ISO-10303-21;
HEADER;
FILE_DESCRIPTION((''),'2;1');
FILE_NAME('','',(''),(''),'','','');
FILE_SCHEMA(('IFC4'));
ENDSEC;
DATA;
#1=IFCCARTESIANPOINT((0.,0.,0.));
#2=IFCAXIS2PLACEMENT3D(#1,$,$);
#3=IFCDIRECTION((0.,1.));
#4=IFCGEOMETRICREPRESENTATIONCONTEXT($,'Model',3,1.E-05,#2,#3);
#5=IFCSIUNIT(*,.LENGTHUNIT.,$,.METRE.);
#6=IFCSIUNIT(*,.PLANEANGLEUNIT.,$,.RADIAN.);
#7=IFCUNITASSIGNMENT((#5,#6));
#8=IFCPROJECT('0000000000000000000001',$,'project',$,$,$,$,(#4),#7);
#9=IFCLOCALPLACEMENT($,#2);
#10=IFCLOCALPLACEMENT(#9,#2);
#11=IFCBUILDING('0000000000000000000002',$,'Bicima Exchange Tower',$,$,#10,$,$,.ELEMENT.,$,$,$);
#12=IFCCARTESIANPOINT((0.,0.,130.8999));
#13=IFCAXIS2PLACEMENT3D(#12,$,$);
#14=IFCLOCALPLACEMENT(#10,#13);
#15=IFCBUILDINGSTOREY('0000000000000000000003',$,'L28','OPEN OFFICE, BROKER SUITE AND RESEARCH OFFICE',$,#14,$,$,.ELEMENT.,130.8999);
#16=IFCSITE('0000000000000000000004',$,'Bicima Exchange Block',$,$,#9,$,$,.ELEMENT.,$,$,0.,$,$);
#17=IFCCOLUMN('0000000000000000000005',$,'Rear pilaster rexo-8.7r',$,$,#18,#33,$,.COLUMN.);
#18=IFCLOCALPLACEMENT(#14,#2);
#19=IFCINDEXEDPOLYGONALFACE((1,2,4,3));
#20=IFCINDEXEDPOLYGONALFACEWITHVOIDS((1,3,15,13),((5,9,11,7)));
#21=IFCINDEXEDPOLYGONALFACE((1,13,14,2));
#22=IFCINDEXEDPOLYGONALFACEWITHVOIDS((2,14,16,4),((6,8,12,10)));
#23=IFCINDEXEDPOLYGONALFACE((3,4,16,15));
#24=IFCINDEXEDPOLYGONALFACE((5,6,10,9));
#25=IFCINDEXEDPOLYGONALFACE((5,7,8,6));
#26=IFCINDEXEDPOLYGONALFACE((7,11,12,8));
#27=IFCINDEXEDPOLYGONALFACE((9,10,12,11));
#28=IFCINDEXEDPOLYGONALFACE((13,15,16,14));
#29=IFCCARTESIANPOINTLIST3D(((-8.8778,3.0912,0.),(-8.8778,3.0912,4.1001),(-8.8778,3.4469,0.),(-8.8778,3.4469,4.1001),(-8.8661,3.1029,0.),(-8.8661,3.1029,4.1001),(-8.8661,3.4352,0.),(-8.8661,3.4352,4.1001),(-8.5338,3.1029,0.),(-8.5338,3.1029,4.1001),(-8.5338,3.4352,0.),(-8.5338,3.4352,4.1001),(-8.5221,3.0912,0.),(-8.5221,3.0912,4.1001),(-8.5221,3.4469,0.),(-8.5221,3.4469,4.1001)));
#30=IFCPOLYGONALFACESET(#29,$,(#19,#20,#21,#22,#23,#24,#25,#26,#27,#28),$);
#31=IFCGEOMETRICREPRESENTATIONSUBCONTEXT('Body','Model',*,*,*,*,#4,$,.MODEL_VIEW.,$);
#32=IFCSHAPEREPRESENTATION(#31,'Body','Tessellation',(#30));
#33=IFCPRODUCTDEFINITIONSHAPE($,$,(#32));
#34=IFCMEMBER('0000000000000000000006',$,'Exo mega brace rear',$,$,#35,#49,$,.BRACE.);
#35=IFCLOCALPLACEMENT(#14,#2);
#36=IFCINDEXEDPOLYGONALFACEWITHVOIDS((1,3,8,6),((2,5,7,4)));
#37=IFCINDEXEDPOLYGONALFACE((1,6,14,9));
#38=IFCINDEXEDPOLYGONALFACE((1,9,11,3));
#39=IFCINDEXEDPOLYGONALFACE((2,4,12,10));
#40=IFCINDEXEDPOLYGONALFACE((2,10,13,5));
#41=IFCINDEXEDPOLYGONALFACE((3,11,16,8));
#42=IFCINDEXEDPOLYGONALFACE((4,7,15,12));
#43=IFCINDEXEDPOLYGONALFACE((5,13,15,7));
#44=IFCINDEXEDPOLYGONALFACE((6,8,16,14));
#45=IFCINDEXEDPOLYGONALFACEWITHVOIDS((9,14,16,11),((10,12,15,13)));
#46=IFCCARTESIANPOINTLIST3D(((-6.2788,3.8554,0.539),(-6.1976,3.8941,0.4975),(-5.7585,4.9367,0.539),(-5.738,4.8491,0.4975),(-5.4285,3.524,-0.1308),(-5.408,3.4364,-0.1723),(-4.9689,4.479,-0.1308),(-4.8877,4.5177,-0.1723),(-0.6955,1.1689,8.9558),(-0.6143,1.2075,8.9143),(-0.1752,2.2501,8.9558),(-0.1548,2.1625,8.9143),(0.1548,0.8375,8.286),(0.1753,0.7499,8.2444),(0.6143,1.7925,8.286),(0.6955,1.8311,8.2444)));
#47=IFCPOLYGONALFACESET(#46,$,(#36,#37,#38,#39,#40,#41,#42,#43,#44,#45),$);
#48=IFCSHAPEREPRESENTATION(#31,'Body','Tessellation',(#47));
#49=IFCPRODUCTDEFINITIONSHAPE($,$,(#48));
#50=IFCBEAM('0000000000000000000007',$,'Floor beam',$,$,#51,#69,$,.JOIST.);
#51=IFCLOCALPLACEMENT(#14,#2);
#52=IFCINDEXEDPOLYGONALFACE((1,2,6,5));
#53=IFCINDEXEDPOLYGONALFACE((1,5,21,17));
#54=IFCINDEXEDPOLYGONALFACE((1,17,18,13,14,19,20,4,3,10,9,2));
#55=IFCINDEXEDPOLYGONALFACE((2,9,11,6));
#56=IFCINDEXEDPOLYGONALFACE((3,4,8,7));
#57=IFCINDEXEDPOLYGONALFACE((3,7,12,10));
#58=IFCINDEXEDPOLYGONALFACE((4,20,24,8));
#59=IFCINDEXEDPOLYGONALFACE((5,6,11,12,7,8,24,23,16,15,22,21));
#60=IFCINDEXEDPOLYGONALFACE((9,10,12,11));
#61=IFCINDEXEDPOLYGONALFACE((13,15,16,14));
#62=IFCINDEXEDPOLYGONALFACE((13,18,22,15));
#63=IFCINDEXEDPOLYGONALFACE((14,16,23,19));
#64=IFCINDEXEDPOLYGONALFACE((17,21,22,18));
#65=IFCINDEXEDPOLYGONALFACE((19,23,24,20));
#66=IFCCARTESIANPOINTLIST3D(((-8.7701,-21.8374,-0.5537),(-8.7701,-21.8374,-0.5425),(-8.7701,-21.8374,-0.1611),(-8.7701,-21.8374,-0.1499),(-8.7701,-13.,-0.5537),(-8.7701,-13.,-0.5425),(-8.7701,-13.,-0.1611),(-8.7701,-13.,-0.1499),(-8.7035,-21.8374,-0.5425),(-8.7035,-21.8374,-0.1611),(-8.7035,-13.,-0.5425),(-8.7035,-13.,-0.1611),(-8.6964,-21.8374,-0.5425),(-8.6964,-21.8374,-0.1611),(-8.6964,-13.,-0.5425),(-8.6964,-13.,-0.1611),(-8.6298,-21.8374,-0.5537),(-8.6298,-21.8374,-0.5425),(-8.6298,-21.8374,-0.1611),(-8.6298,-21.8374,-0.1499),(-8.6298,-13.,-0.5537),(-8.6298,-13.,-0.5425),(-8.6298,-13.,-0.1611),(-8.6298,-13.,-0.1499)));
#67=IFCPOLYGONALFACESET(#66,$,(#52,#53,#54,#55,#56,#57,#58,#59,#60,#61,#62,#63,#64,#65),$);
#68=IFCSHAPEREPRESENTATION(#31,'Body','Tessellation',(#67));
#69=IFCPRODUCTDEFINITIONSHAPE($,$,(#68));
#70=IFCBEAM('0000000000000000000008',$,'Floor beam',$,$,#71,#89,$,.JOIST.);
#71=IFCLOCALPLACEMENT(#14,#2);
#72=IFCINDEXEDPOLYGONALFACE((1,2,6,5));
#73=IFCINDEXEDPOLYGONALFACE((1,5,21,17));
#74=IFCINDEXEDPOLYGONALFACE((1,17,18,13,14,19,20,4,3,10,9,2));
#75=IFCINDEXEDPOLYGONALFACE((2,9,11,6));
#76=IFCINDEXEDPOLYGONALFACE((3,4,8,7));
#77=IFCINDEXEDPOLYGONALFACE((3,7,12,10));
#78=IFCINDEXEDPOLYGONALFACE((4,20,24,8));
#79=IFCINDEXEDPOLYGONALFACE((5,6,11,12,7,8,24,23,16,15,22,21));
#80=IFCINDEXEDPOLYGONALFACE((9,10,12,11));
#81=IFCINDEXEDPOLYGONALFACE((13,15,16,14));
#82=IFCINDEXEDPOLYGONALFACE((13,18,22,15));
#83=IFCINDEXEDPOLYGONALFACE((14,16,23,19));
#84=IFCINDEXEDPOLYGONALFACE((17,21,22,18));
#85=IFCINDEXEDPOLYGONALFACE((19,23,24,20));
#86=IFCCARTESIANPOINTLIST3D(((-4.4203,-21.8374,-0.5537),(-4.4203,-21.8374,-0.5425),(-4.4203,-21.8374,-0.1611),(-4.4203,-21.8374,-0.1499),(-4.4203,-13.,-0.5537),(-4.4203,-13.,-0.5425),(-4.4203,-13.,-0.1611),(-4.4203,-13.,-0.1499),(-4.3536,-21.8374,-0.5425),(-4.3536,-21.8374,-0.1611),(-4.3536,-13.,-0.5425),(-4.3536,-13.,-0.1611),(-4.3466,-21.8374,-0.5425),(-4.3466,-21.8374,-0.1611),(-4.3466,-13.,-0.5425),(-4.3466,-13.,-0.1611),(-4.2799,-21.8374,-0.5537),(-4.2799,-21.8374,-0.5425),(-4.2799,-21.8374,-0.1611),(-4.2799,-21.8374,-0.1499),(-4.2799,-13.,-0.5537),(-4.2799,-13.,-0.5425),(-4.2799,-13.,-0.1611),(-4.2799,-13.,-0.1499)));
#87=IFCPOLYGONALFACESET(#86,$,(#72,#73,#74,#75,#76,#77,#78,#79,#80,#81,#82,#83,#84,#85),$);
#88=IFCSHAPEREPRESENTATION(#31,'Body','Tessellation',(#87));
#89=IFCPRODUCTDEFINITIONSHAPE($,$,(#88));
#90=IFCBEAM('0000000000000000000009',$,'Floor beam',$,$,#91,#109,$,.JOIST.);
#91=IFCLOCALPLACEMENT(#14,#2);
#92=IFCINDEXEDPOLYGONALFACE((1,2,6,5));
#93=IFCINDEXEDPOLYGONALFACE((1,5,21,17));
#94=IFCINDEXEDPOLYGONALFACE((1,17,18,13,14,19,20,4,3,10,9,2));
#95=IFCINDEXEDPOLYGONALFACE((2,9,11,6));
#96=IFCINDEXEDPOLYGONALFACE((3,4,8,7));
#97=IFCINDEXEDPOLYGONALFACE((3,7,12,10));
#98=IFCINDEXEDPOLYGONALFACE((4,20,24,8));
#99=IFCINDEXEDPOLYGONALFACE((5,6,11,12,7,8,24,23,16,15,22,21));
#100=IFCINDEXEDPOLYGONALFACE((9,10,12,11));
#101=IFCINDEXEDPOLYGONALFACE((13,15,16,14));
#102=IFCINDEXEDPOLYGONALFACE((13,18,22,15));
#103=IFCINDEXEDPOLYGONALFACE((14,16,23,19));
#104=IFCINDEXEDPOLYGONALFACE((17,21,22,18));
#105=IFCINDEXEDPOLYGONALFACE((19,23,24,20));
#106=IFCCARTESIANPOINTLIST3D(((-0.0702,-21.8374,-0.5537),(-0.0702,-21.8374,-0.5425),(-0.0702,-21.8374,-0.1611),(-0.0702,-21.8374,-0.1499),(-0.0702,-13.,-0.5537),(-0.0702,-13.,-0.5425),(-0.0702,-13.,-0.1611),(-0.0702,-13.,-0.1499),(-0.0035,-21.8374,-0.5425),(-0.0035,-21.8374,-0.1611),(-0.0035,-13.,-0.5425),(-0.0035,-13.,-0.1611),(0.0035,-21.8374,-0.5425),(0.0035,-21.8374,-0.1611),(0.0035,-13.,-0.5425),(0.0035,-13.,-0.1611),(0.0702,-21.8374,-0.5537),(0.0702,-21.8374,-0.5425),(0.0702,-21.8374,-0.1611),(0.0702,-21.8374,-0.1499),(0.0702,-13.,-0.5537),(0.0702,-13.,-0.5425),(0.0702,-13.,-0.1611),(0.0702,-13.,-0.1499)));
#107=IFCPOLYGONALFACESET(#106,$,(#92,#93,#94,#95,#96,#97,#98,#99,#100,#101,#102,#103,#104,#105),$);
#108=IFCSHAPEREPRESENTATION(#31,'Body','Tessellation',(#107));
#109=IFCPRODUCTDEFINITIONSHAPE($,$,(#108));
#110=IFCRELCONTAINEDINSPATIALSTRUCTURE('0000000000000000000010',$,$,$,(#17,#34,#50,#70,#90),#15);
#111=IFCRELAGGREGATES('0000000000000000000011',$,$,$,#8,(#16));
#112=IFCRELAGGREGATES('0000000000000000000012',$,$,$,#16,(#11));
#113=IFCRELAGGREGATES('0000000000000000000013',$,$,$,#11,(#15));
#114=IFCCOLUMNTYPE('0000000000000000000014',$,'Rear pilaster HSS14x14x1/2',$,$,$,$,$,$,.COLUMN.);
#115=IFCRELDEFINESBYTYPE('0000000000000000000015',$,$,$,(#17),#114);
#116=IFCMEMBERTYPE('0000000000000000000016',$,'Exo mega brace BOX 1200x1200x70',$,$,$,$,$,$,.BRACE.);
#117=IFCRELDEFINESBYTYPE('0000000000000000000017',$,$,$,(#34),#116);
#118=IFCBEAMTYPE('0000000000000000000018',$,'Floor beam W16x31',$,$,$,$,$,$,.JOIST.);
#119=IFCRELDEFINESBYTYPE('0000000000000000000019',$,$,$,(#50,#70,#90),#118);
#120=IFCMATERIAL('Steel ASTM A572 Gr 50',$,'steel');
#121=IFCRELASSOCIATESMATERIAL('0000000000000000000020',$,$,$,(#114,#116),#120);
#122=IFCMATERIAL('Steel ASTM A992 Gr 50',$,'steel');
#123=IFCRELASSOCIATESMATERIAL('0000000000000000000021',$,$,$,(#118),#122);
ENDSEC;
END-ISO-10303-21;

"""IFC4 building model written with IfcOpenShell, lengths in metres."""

from ifc_helpers import new_model, si_unit, direction, frame, origin, origin_2d, place, context, subcontext, project, spatial, hollow_rectangle, i_section, extrude, material, material_profile, profile_set, type_object, element, save


model = new_model("IFC4")

# Units and contexts
model_context = context("Model", 3, precision=1e-05, world=origin(), true_north=direction((0.0, 1.0)))
body_context = subcontext(model_context, "Body", "Model", "MODEL_VIEW")
ifc_project = project(units=[si_unit("LENGTHUNIT", "METRE"), si_unit("PLANEANGLEUNIT", "RADIAN")], contexts=[model_context])

# Site, building, storey
site_placement = place(None, origin())
site = spatial("IfcSite", under=ifc_project, at=site_placement, Name="Bicima Exchange Block", CompositionType="ELEMENT", RefElevation=0.0)
building_placement = place(site_placement, origin())
building = spatial("IfcBuilding", under=site, at=building_placement, Name="Bicima Exchange Tower", CompositionType="ELEMENT")
storey_placement = place(building_placement, frame((0.0, 0.0, 130.8999)))
storey = spatial("IfcBuildingStorey", under=building, at=storey_placement, Name="L28", Description="OPEN OFFICE, BROKER SUITE AND RESEARCH OFFICE", CompositionType="ELEMENT", Elevation=130.8999)

# Column
ifc_material_1 = material(Name="Steel ASTM A572 Gr 50", Category="steel")
ifc_material_profile_1 = material_profile(ifc_material_1, hollow_rectangle(XDim=0.3557, YDim=0.3557, WallThickness=0.0117, at=origin_2d()))
ifc_profile_set_1 = profile_set([ifc_material_profile_1], Name="Steel ASTM A572 Gr 50")
column_type = type_object("IfcColumnType", Name="Rear pilaster HSS14x14x1/2", PredefinedType="COLUMN", material=ifc_profile_set_1)
column_placement = place(storey_placement, frame((-8.7, 3.269, 0.0), z_axis=(0.0, 0.0, 1.0), x_axis=(1.0, 0.0, 0.0)))
element("IfcColumn", 1, at=column_placement, inside=storey, type_object=column_type, Name="Rear pilaster rexo-8.7r", PredefinedType="COLUMN", context=body_context, shape_type="SweptSolid", body=[
    extrude(hollow_rectangle(XDim=0.3557, YDim=0.3557, WallThickness=0.0117, at=origin_2d()), origin(), (0.0, 0.0, 1.0), 4.1001),
])

# Member
ifc_material_profile_2 = material_profile(ifc_material_1, hollow_rectangle(XDim=1.2, YDim=1.2, WallThickness=0.0701, at=origin_2d()))
ifc_profile_set_2 = profile_set([ifc_material_profile_2], Name="Steel ASTM A572 Gr 50")
member_type = type_object("IfcMemberType", Name="Exo mega brace BOX 1200x1200x70", PredefinedType="BRACE", material=ifc_profile_set_2)
member_placement = place(storey_placement, frame((-5.5833, 4.1865, 0.1833), z_axis=(0.534211, -0.257049, 0.805323), x_axis=(0.433592, 0.901109, 0.0)))
element("IfcMember", 2, at=member_placement, inside=storey, type_object=member_type, Name="Exo mega brace rear", PredefinedType="BRACE", context=body_context, shape_type="SweptSolid", body=[
    extrude(hollow_rectangle(XDim=1.2, YDim=1.2, WallThickness=0.0701, at=origin_2d()), origin(), (0.0, 0.0, 1.0), 10.4514),
])

# Beams
ifc_material_2 = material(Name="Steel ASTM A992 Gr 50", Category="steel")
ifc_material_profile_3 = material_profile(ifc_material_2, i_section(OverallWidth=0.1404, OverallDepth=0.4038, WebThickness=0.0071, FlangeThickness=0.0112, at=origin_2d()))
ifc_profile_set_3 = profile_set([ifc_material_profile_3], Name="Steel ASTM A992 Gr 50")
beam_type = type_object("IfcBeamType", Name="Floor beam W16x31", PredefinedType="JOIST", material=ifc_profile_set_3)
for number, where, z_axis, x_axis, name in (
    (3, (-8.7, -13.0, -0.3518), (0.0, -1.0, 0.0), (1.0, 0.0, 0.0), "Floor beam"),
    (4, (-4.3501, -13.0, -0.3518), (0.0, -1.0, 0.0), (1.0, 0.0, 0.0), "Floor beam"),
    (5, (0.0, -13.0, -0.3518), (0.0, -1.0, 0.0), (1.0, 0.0, 0.0), "Floor beam"),
):
    element("IfcBeam", number, at=place(storey_placement, frame(where, z_axis=z_axis, x_axis=x_axis)), inside=storey, type_object=beam_type, Name=name, PredefinedType="JOIST", context=body_context, shape_type="SweptSolid", body=[
        extrude(i_section(OverallWidth=0.1404, OverallDepth=0.4038, WebThickness=0.0071, FlangeThickness=0.0112, at=origin_2d()), origin(), (0.0, 0.0, 1.0), 8.8374),
    ])

save(model, "model.ifc")
